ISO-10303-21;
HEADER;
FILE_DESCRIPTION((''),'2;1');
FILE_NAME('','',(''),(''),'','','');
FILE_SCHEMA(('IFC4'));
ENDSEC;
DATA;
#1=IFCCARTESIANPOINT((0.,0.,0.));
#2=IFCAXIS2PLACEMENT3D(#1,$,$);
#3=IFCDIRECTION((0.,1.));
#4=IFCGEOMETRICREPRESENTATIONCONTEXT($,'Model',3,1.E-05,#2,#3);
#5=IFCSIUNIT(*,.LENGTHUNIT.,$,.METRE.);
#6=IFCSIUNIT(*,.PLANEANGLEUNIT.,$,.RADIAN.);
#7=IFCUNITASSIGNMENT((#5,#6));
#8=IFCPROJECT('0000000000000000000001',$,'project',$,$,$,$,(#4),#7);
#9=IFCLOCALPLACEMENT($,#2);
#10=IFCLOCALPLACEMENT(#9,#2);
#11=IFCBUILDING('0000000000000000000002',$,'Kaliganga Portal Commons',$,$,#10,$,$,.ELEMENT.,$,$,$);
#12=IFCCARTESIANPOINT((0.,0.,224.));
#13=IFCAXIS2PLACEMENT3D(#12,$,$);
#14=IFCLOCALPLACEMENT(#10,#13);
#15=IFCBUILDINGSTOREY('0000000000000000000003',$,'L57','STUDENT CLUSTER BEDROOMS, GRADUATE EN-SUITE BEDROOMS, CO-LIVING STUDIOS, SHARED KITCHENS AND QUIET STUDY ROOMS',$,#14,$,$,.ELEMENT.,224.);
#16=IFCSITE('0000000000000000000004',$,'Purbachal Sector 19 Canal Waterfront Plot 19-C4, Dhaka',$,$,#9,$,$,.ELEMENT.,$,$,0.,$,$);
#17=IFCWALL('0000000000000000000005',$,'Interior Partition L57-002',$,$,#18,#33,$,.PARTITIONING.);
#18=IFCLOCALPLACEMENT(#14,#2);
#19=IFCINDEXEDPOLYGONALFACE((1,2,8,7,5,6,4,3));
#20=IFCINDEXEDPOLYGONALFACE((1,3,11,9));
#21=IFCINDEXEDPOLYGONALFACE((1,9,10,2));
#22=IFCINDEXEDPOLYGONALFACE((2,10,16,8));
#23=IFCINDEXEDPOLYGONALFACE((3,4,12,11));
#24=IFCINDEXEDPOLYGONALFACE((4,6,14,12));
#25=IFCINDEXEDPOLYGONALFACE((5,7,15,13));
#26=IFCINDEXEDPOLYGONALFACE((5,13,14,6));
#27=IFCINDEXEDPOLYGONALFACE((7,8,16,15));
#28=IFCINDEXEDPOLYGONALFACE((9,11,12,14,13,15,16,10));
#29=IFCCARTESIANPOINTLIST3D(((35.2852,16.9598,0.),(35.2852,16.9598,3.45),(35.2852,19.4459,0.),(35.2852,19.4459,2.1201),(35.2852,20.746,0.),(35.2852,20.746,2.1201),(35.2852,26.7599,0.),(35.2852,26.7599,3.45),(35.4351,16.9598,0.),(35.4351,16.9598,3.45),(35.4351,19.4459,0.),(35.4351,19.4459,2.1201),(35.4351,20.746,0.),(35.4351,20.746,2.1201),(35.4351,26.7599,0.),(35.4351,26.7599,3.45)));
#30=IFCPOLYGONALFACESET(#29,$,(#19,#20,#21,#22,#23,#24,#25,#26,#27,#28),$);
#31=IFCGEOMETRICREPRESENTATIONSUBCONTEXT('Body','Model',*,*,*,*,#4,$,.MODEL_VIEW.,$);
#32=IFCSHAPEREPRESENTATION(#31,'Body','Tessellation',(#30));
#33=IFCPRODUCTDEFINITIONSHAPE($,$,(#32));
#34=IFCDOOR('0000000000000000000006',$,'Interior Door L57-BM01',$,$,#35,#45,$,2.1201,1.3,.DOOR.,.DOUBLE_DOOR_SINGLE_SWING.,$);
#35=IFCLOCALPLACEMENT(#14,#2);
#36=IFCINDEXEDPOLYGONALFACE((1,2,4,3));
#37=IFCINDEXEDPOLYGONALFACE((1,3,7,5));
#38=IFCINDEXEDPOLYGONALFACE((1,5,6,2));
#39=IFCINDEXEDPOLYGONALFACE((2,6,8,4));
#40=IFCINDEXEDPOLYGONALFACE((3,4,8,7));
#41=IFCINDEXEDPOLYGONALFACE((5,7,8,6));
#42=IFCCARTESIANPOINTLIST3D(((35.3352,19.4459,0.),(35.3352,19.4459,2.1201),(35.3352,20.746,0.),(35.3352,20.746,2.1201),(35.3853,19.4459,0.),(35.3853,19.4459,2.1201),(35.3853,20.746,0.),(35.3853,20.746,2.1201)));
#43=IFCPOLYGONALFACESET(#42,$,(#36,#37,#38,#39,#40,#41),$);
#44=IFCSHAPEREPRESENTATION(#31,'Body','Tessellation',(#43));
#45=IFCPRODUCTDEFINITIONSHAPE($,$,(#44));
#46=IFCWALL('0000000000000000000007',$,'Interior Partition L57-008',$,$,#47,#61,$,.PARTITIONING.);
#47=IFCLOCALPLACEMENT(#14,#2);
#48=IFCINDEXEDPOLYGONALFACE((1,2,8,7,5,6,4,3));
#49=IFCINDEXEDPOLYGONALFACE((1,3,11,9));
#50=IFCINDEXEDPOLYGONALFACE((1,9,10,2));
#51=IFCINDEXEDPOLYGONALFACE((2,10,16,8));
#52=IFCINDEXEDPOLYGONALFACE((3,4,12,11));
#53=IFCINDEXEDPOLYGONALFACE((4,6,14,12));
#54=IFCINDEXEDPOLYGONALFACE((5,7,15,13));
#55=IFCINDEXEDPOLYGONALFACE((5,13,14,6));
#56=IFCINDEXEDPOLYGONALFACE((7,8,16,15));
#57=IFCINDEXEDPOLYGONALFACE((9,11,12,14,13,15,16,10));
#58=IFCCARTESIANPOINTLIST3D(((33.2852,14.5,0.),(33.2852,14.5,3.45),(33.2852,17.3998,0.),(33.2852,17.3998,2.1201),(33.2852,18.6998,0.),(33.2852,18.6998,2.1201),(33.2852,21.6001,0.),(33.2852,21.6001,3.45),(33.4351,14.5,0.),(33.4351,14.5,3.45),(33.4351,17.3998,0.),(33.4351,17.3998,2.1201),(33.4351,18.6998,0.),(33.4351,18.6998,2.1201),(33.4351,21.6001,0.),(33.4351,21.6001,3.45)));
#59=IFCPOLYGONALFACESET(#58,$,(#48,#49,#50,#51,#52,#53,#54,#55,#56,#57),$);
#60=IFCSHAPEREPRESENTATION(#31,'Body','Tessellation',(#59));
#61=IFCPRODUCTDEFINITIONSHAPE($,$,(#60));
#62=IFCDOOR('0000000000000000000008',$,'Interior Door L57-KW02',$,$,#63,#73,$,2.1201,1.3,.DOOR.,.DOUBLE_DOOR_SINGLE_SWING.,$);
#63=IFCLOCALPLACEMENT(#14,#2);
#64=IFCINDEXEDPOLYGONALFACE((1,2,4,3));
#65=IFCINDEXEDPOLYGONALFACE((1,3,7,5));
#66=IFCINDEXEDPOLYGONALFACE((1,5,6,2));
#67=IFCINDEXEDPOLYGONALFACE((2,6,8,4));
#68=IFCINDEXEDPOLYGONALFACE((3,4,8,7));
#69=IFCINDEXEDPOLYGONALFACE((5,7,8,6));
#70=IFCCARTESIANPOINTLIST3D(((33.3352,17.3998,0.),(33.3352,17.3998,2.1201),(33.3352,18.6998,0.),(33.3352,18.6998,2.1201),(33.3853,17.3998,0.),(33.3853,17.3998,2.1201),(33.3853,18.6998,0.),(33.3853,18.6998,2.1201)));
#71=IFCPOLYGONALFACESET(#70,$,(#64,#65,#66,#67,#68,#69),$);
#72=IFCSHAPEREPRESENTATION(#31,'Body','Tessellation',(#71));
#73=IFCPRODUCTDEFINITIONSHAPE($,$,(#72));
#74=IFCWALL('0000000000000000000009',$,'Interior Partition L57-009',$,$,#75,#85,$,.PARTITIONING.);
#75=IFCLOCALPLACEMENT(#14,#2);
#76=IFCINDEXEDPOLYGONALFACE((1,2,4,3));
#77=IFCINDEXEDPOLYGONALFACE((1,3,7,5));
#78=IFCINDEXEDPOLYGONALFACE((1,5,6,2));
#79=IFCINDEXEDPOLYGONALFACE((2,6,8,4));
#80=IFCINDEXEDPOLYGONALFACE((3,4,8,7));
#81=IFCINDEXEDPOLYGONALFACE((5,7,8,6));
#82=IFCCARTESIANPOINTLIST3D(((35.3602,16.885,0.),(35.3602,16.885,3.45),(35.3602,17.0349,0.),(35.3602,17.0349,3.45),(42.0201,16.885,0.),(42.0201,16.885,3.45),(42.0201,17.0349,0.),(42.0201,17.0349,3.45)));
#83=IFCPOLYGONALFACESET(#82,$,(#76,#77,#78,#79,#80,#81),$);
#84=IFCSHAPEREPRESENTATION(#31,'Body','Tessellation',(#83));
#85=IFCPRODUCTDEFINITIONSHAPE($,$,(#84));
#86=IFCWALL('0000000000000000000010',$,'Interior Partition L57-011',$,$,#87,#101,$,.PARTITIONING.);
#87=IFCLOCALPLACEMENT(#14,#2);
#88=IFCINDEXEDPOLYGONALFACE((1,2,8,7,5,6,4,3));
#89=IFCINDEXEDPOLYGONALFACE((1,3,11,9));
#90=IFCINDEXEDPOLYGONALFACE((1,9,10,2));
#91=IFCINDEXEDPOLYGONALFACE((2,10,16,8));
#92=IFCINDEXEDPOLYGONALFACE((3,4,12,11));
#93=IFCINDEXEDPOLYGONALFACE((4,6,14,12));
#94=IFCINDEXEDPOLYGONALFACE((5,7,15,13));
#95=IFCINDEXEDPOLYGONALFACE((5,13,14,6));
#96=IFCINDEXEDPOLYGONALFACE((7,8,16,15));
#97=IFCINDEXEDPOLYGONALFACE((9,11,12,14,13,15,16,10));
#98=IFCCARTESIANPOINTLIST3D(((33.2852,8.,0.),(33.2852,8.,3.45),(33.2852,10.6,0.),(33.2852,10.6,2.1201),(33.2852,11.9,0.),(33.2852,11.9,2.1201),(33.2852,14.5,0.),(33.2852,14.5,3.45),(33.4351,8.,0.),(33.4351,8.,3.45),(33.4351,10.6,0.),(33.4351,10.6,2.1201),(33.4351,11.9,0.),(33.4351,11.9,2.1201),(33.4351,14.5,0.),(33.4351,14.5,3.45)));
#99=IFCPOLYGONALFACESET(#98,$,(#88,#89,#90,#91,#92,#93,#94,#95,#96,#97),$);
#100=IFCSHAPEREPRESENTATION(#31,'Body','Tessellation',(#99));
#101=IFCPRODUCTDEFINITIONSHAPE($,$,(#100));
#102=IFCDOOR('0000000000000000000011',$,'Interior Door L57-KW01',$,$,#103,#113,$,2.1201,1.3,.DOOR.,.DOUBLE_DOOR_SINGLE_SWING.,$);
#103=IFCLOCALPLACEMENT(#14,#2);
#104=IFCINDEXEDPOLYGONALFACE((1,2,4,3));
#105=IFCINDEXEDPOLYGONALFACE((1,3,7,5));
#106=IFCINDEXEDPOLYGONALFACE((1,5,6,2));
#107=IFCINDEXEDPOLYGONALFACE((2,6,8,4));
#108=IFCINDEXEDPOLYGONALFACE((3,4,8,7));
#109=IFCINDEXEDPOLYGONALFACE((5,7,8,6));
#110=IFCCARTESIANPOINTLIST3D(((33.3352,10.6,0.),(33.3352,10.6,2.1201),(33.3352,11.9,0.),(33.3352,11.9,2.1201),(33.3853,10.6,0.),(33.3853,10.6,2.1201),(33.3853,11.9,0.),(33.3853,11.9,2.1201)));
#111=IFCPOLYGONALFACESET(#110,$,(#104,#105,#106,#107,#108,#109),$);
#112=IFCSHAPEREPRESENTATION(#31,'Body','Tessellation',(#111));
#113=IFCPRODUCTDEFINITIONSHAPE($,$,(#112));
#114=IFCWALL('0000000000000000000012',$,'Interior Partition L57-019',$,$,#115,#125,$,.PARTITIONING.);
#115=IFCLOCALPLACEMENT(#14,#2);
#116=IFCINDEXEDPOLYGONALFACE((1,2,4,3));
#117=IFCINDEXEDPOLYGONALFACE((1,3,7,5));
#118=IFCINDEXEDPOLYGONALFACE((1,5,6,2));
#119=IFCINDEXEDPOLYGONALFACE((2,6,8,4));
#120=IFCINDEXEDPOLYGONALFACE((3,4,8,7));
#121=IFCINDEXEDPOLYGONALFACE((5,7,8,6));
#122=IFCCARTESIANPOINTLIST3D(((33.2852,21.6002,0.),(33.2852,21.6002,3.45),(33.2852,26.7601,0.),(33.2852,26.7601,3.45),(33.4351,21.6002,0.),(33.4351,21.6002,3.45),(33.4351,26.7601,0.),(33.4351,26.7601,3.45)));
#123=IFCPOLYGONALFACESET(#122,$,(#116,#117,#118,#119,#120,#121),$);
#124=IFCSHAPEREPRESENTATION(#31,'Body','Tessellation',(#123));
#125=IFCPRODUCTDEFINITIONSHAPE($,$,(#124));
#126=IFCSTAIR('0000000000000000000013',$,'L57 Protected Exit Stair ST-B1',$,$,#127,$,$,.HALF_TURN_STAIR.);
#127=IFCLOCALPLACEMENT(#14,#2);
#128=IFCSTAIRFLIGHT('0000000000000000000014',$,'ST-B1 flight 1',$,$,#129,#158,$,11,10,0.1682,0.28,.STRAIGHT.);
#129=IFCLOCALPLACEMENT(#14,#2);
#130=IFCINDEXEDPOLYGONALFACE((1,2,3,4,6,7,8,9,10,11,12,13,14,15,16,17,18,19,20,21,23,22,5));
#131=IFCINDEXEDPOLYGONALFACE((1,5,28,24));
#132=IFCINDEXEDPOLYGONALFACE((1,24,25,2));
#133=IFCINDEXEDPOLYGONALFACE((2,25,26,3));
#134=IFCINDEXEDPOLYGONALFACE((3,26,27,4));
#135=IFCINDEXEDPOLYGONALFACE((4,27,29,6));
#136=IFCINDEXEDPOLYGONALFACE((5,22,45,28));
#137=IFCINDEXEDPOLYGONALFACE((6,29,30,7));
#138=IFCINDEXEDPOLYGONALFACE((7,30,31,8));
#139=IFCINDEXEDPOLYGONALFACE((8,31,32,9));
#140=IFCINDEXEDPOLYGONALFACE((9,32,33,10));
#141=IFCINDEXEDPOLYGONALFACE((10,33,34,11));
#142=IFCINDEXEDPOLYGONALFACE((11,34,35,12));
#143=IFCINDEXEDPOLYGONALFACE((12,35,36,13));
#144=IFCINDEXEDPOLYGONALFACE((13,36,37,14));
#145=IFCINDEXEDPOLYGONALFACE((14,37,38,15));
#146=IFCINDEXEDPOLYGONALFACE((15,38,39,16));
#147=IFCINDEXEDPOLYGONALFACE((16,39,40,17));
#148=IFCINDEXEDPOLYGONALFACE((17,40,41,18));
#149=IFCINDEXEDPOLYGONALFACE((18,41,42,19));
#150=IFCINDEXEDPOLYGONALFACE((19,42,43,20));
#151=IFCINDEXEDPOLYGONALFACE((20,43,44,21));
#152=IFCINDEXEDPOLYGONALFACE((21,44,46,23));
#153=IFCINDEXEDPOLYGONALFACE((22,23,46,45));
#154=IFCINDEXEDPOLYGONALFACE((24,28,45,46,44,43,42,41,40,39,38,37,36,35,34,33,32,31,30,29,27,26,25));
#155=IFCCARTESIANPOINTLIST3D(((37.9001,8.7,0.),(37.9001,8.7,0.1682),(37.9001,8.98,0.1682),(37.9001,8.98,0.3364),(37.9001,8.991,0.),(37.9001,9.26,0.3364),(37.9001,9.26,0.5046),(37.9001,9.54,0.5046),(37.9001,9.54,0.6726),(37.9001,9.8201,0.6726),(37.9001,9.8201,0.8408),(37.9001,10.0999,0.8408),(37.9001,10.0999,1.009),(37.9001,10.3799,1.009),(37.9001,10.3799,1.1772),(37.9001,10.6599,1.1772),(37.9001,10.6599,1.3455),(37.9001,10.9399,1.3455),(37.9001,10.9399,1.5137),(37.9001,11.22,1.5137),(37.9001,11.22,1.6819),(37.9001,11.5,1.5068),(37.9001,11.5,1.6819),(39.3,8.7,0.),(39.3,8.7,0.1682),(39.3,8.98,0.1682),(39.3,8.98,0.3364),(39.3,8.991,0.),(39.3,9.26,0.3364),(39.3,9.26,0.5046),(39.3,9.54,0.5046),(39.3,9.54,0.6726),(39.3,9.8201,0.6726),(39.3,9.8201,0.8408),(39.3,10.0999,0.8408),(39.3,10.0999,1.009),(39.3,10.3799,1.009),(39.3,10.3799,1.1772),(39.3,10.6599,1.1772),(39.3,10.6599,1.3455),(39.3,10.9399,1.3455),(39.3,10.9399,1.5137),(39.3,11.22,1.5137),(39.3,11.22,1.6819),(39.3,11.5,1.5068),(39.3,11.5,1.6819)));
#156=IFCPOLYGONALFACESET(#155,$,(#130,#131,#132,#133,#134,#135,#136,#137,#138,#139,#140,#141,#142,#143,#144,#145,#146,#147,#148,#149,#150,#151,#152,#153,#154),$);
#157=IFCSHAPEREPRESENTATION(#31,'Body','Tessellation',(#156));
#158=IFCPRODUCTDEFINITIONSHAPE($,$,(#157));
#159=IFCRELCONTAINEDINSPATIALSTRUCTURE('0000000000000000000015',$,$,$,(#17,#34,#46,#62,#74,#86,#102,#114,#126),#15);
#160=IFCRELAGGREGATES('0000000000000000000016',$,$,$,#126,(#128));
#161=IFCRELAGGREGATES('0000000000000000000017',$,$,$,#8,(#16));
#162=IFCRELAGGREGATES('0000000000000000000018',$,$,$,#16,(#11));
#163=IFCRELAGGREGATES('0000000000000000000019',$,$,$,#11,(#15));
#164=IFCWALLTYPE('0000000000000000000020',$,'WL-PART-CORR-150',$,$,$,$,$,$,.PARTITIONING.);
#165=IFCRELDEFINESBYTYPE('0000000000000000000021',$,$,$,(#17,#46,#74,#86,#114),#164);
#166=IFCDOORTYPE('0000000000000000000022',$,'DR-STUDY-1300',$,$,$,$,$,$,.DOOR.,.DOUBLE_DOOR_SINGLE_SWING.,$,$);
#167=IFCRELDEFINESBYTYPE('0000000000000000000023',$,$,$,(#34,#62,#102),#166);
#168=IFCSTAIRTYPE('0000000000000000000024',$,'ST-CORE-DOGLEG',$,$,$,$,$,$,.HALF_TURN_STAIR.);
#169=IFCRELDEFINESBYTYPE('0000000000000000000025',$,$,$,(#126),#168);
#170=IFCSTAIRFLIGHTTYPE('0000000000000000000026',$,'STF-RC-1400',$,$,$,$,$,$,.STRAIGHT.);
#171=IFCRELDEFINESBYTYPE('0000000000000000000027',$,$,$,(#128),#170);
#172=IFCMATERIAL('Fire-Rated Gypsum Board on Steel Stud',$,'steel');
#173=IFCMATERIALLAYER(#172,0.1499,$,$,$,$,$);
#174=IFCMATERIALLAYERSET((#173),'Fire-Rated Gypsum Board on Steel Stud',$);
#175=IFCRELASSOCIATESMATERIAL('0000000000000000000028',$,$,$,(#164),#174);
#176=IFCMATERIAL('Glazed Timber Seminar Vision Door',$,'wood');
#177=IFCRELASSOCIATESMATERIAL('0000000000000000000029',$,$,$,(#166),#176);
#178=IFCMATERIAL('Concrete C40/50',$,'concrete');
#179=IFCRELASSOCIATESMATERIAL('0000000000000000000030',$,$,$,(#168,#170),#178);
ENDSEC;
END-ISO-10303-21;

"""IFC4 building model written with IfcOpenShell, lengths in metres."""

from ifc_helpers import new_model, si_unit, direction, frame, frame_2d, origin, place, context, subcontext, project, spatial, polyline, rectangle, outline, extrude, material, layer, layer_set, type_object, element, fill, aggregate, save


model = new_model("IFC4")

# Units and contexts
model_context = context("Model", 3, precision=1e-05, world=origin(), true_north=direction((0.0, 1.0)))
body_context = subcontext(model_context, "Body", "Model", "MODEL_VIEW")
ifc_project = project(units=[si_unit("LENGTHUNIT", "METRE"), si_unit("PLANEANGLEUNIT", "RADIAN")], contexts=[model_context])

# Site, building, storey
site_placement = place(None, origin())
site = spatial("IfcSite", under=ifc_project, at=site_placement, Name="Purbachal Sector 19 Canal Waterfront Plot 19-C4, Dhaka", CompositionType="ELEMENT", RefElevation=0.0)
building_placement = place(site_placement, origin())
building = spatial("IfcBuilding", under=site, at=building_placement, Name="Kaliganga Portal Commons", CompositionType="ELEMENT")
storey_placement = place(building_placement, frame((0.0, 0.0, 224.0)))
storey = spatial("IfcBuildingStorey", under=building, at=storey_placement, Name="L57", Description="STUDENT CLUSTER BEDROOMS, GRADUATE EN-SUITE BEDROOMS, CO-LIVING STUDIOS, SHARED KITCHENS AND QUIET STUDY ROOMS", CompositionType="ELEMENT", Elevation=224.0)

# Walls, openings, doors
ifc_material_1 = material(Name="Fire-Rated Gypsum Board on Steel Stud", Category="steel")
ifc_layer_1 = layer(ifc_material_1, 0.1499)
ifc_layer_set_1 = layer_set([ifc_layer_1], Name="Fire-Rated Gypsum Board on Steel Stud")
wall_type_1 = type_object("IfcWallType", Name="WL-PART-CORR-150", PredefinedType="PARTITIONING", material=ifc_layer_set_1)
wall_1_placement = place(storey_placement, frame((35.3601, 16.96, 0.0), z_axis=(0.0, 0.0, 1.0), x_axis=(0.0, 1.0, 0.0)))
wall_1 = element("IfcWall", 1, at=wall_1_placement, inside=storey, type_object=wall_type_1, Name="Interior Partition L57-002", PredefinedType="PARTITIONING", context=body_context, shape_type="SweptSolid", body=[
    extrude(rectangle(XDim=9.8, YDim=0.1499, at=frame_2d((4.8999, 0.0))), origin(), (0.0, 0.0, 1.0), 3.45),
])
opening_1_placement = place(wall_1_placement, frame((2.4861, 0.0, 0.0)))
opening_1 = element("IfcOpeningElement", 2, at=opening_1_placement, cuts=wall_1, PredefinedType="OPENING", context=body_context, shape_type="SweptSolid", body=[
    extrude(rectangle(XDim=1.3, YDim=2.1201, at=frame_2d((0.6499, 1.0601))), frame((0.0, 0.085, 0.0), z_axis=(0.0, -1.0, 0.0), x_axis=(1.0, 0.0, 0.0)), (0.0, 0.0, 1.0), 0.1699),
])
ifc_material_2 = material(Name="Glazed Timber Seminar Vision Door", Category="wood")
door_type = type_object("IfcDoorType", Name="DR-STUDY-1300", OperationType="DOUBLE_DOOR_SINGLE_SWING", PredefinedType="DOOR", material=ifc_material_2)
door_1_placement = place(opening_1_placement, origin())
door_1 = element("IfcDoor", 3, at=door_1_placement, inside=storey, type_object=door_type, Name="Interior Door L57-BM01", OperationType="DOUBLE_DOOR_SINGLE_SWING", OverallHeight=2.1201, OverallWidth=1.3, PredefinedType="DOOR", context=body_context, shape_type="SweptSolid", body=[
    extrude(rectangle(XDim=1.3, YDim=2.1201, at=frame_2d((0.6499, 1.0601))), frame((0.0, 0.0249, 0.0), z_axis=(0.0, -1.0, 0.0), x_axis=(1.0, 0.0, 0.0)), (0.0, 0.0, 1.0), 0.05),
])
fill(opening_1, door_1)
wall_2_placement = place(storey_placement, frame((33.3601, 14.5, 0.0), z_axis=(0.0, 0.0, 1.0), x_axis=(0.0, 1.0, 0.0)))
wall_2 = element("IfcWall", 4, at=wall_2_placement, inside=storey, type_object=wall_type_1, Name="Interior Partition L57-008", PredefinedType="PARTITIONING", context=body_context, shape_type="SweptSolid", body=[
    extrude(rectangle(XDim=7.1001, YDim=0.1499, at=frame_2d((3.55, 0.0))), origin(), (0.0, 0.0, 1.0), 3.45),
])
opening_2_placement = place(wall_2_placement, frame((2.8999, 0.0, 0.0)))
opening_2 = element("IfcOpeningElement", 5, at=opening_2_placement, cuts=wall_2, PredefinedType="OPENING", context=body_context, shape_type="SweptSolid", body=[
    extrude(rectangle(XDim=1.3, YDim=2.1201, at=frame_2d((0.6499, 1.0601))), frame((0.0, 0.085, 0.0), z_axis=(0.0, -1.0, 0.0), x_axis=(1.0, 0.0, 0.0)), (0.0, 0.0, 1.0), 0.1699),
])
door_2_placement = place(opening_2_placement, origin())
door_2 = element("IfcDoor", 6, at=door_2_placement, inside=storey, type_object=door_type, Name="Interior Door L57-KW02", OperationType="DOUBLE_DOOR_SINGLE_SWING", OverallHeight=2.1201, OverallWidth=1.3, PredefinedType="DOOR", context=body_context, shape_type="SweptSolid", body=[
    extrude(rectangle(XDim=1.3, YDim=2.1201, at=frame_2d((0.6499, 1.0601))), frame((0.0, 0.0249, 0.0), z_axis=(0.0, -1.0, 0.0), x_axis=(1.0, 0.0, 0.0)), (0.0, 0.0, 1.0), 0.05),
])
fill(opening_2, door_2)

# Wall
wall_3_placement = place(storey_placement, frame((35.3601, 16.96, 0.0), z_axis=(0.0, 0.0, 1.0), x_axis=(1.0, 0.0, 0.0)))
element("IfcWall", 7, at=wall_3_placement, inside=storey, type_object=wall_type_1, Name="Interior Partition L57-009", PredefinedType="PARTITIONING", context=body_context, shape_type="SweptSolid", body=[
    extrude(rectangle(XDim=6.6599, YDim=0.1499, at=frame_2d((3.3301, 0.0))), origin(), (0.0, 0.0, 1.0), 3.45),
])

# Wall, opening, door
wall_4_placement = place(storey_placement, frame((33.3601, 8.0, 0.0), z_axis=(0.0, 0.0, 1.0), x_axis=(0.0, 1.0, 0.0)))
wall_4 = element("IfcWall", 8, at=wall_4_placement, inside=storey, type_object=wall_type_1, Name="Interior Partition L57-011", PredefinedType="PARTITIONING", context=body_context, shape_type="SweptSolid", body=[
    extrude(rectangle(XDim=6.5, YDim=0.1499, at=frame_2d((3.25, 0.0))), origin(), (0.0, 0.0, 1.0), 3.45),
])
opening_3_placement = place(wall_4_placement, frame((2.6001, 0.0, 0.0)))
opening_3 = element("IfcOpeningElement", 9, at=opening_3_placement, cuts=wall_4, PredefinedType="OPENING", context=body_context, shape_type="SweptSolid", body=[
    extrude(rectangle(XDim=1.3, YDim=2.1201, at=frame_2d((0.6499, 1.0601))), frame((0.0, 0.085, 0.0), z_axis=(0.0, -1.0, 0.0), x_axis=(1.0, 0.0, 0.0)), (0.0, 0.0, 1.0), 0.1699),
])
door_3_placement = place(opening_3_placement, origin())
door_3 = element("IfcDoor", 10, at=door_3_placement, inside=storey, type_object=door_type, Name="Interior Door L57-KW01", OperationType="DOUBLE_DOOR_SINGLE_SWING", OverallHeight=2.1201, OverallWidth=1.3, PredefinedType="DOOR", context=body_context, shape_type="SweptSolid", body=[
    extrude(rectangle(XDim=1.3, YDim=2.1201, at=frame_2d((0.6499, 1.0601))), frame((0.0, 0.0249, 0.0), z_axis=(0.0, -1.0, 0.0), x_axis=(1.0, 0.0, 0.0)), (0.0, 0.0, 1.0), 0.05),
])
fill(opening_3, door_3)

# Wall
wall_5_placement = place(storey_placement, frame((33.3601, 21.6001, 0.0), z_axis=(0.0, 0.0, 1.0), x_axis=(0.0, 1.0, 0.0)))
element("IfcWall", 11, at=wall_5_placement, inside=storey, type_object=wall_type_1, Name="Interior Partition L57-019", PredefinedType="PARTITIONING", context=body_context, shape_type="SweptSolid", body=[
    extrude(rectangle(XDim=5.1599, YDim=0.1499, at=frame_2d((2.5801, 0.0))), origin(), (0.0, 0.0, 1.0), 3.45),
])

# Stair, stair flight
ifc_material_3 = material(Name="Concrete C40/50", Category="concrete")
stair_type = type_object("IfcStairType", Name="ST-CORE-DOGLEG", PredefinedType="HALF_TURN_STAIR", material=ifc_material_3)
stair_placement = place(storey_placement, origin())
stair = element("IfcStair", 12, at=stair_placement, inside=storey, type_object=stair_type, Name="L57 Protected Exit Stair ST-B1", PredefinedType="HALF_TURN_STAIR")
stair_flight_type = type_object("IfcStairFlightType", Name="STF-RC-1400", PredefinedType="STRAIGHT", material=ifc_material_3)
stair_flight_1_placement = place(storey_placement, frame((38.6001, 8.7, 0.0), z_axis=(0.0, 0.0, 1.0), x_axis=(0.0, 1.0, 0.0)))
stair_flight_1 = element("IfcStairFlight", 13, at=stair_flight_1_placement, type_object=stair_flight_type, Name="ST-B1 flight 1", NumberOfRisers=11, NumberOfTreads=10, PredefinedType="STRAIGHT", RiserHeight=0.1682, TreadLength=0.28, context=body_context, shape_type="SweptSolid", body=[
    extrude(outline(polyline([(0.0, 0.0), (0.0, 0.1682), (0.28, 0.1682), (0.28, 0.3364), (0.5601, 0.3364), (0.5601, 0.5046), (0.8401, 0.5046), (0.8401, 0.6726), (1.1201, 0.6726), (1.1201, 0.8408), (1.3999, 0.8408), (1.3999, 1.009), (1.6799, 1.009), (1.6799, 1.1772), (1.96, 1.1772), (1.96, 1.3455), (2.24, 1.3455), (2.24, 1.5137), (2.52, 1.5137), (2.52, 1.6819), (2.8, 1.6819), (2.8, 1.8501), (2.8, 1.5068), (0.291, 0.0), (0.0, 0.0)])), frame((0.0, 0.7, 0.0), z_axis=(0.0, -1.0, 0.0), x_axis=(1.0, 0.0, 0.0)), (0.0, 0.0, 1.0), 1.3999),
])
aggregate(stair, [stair_flight_1])

save(model, "model.ifc")
